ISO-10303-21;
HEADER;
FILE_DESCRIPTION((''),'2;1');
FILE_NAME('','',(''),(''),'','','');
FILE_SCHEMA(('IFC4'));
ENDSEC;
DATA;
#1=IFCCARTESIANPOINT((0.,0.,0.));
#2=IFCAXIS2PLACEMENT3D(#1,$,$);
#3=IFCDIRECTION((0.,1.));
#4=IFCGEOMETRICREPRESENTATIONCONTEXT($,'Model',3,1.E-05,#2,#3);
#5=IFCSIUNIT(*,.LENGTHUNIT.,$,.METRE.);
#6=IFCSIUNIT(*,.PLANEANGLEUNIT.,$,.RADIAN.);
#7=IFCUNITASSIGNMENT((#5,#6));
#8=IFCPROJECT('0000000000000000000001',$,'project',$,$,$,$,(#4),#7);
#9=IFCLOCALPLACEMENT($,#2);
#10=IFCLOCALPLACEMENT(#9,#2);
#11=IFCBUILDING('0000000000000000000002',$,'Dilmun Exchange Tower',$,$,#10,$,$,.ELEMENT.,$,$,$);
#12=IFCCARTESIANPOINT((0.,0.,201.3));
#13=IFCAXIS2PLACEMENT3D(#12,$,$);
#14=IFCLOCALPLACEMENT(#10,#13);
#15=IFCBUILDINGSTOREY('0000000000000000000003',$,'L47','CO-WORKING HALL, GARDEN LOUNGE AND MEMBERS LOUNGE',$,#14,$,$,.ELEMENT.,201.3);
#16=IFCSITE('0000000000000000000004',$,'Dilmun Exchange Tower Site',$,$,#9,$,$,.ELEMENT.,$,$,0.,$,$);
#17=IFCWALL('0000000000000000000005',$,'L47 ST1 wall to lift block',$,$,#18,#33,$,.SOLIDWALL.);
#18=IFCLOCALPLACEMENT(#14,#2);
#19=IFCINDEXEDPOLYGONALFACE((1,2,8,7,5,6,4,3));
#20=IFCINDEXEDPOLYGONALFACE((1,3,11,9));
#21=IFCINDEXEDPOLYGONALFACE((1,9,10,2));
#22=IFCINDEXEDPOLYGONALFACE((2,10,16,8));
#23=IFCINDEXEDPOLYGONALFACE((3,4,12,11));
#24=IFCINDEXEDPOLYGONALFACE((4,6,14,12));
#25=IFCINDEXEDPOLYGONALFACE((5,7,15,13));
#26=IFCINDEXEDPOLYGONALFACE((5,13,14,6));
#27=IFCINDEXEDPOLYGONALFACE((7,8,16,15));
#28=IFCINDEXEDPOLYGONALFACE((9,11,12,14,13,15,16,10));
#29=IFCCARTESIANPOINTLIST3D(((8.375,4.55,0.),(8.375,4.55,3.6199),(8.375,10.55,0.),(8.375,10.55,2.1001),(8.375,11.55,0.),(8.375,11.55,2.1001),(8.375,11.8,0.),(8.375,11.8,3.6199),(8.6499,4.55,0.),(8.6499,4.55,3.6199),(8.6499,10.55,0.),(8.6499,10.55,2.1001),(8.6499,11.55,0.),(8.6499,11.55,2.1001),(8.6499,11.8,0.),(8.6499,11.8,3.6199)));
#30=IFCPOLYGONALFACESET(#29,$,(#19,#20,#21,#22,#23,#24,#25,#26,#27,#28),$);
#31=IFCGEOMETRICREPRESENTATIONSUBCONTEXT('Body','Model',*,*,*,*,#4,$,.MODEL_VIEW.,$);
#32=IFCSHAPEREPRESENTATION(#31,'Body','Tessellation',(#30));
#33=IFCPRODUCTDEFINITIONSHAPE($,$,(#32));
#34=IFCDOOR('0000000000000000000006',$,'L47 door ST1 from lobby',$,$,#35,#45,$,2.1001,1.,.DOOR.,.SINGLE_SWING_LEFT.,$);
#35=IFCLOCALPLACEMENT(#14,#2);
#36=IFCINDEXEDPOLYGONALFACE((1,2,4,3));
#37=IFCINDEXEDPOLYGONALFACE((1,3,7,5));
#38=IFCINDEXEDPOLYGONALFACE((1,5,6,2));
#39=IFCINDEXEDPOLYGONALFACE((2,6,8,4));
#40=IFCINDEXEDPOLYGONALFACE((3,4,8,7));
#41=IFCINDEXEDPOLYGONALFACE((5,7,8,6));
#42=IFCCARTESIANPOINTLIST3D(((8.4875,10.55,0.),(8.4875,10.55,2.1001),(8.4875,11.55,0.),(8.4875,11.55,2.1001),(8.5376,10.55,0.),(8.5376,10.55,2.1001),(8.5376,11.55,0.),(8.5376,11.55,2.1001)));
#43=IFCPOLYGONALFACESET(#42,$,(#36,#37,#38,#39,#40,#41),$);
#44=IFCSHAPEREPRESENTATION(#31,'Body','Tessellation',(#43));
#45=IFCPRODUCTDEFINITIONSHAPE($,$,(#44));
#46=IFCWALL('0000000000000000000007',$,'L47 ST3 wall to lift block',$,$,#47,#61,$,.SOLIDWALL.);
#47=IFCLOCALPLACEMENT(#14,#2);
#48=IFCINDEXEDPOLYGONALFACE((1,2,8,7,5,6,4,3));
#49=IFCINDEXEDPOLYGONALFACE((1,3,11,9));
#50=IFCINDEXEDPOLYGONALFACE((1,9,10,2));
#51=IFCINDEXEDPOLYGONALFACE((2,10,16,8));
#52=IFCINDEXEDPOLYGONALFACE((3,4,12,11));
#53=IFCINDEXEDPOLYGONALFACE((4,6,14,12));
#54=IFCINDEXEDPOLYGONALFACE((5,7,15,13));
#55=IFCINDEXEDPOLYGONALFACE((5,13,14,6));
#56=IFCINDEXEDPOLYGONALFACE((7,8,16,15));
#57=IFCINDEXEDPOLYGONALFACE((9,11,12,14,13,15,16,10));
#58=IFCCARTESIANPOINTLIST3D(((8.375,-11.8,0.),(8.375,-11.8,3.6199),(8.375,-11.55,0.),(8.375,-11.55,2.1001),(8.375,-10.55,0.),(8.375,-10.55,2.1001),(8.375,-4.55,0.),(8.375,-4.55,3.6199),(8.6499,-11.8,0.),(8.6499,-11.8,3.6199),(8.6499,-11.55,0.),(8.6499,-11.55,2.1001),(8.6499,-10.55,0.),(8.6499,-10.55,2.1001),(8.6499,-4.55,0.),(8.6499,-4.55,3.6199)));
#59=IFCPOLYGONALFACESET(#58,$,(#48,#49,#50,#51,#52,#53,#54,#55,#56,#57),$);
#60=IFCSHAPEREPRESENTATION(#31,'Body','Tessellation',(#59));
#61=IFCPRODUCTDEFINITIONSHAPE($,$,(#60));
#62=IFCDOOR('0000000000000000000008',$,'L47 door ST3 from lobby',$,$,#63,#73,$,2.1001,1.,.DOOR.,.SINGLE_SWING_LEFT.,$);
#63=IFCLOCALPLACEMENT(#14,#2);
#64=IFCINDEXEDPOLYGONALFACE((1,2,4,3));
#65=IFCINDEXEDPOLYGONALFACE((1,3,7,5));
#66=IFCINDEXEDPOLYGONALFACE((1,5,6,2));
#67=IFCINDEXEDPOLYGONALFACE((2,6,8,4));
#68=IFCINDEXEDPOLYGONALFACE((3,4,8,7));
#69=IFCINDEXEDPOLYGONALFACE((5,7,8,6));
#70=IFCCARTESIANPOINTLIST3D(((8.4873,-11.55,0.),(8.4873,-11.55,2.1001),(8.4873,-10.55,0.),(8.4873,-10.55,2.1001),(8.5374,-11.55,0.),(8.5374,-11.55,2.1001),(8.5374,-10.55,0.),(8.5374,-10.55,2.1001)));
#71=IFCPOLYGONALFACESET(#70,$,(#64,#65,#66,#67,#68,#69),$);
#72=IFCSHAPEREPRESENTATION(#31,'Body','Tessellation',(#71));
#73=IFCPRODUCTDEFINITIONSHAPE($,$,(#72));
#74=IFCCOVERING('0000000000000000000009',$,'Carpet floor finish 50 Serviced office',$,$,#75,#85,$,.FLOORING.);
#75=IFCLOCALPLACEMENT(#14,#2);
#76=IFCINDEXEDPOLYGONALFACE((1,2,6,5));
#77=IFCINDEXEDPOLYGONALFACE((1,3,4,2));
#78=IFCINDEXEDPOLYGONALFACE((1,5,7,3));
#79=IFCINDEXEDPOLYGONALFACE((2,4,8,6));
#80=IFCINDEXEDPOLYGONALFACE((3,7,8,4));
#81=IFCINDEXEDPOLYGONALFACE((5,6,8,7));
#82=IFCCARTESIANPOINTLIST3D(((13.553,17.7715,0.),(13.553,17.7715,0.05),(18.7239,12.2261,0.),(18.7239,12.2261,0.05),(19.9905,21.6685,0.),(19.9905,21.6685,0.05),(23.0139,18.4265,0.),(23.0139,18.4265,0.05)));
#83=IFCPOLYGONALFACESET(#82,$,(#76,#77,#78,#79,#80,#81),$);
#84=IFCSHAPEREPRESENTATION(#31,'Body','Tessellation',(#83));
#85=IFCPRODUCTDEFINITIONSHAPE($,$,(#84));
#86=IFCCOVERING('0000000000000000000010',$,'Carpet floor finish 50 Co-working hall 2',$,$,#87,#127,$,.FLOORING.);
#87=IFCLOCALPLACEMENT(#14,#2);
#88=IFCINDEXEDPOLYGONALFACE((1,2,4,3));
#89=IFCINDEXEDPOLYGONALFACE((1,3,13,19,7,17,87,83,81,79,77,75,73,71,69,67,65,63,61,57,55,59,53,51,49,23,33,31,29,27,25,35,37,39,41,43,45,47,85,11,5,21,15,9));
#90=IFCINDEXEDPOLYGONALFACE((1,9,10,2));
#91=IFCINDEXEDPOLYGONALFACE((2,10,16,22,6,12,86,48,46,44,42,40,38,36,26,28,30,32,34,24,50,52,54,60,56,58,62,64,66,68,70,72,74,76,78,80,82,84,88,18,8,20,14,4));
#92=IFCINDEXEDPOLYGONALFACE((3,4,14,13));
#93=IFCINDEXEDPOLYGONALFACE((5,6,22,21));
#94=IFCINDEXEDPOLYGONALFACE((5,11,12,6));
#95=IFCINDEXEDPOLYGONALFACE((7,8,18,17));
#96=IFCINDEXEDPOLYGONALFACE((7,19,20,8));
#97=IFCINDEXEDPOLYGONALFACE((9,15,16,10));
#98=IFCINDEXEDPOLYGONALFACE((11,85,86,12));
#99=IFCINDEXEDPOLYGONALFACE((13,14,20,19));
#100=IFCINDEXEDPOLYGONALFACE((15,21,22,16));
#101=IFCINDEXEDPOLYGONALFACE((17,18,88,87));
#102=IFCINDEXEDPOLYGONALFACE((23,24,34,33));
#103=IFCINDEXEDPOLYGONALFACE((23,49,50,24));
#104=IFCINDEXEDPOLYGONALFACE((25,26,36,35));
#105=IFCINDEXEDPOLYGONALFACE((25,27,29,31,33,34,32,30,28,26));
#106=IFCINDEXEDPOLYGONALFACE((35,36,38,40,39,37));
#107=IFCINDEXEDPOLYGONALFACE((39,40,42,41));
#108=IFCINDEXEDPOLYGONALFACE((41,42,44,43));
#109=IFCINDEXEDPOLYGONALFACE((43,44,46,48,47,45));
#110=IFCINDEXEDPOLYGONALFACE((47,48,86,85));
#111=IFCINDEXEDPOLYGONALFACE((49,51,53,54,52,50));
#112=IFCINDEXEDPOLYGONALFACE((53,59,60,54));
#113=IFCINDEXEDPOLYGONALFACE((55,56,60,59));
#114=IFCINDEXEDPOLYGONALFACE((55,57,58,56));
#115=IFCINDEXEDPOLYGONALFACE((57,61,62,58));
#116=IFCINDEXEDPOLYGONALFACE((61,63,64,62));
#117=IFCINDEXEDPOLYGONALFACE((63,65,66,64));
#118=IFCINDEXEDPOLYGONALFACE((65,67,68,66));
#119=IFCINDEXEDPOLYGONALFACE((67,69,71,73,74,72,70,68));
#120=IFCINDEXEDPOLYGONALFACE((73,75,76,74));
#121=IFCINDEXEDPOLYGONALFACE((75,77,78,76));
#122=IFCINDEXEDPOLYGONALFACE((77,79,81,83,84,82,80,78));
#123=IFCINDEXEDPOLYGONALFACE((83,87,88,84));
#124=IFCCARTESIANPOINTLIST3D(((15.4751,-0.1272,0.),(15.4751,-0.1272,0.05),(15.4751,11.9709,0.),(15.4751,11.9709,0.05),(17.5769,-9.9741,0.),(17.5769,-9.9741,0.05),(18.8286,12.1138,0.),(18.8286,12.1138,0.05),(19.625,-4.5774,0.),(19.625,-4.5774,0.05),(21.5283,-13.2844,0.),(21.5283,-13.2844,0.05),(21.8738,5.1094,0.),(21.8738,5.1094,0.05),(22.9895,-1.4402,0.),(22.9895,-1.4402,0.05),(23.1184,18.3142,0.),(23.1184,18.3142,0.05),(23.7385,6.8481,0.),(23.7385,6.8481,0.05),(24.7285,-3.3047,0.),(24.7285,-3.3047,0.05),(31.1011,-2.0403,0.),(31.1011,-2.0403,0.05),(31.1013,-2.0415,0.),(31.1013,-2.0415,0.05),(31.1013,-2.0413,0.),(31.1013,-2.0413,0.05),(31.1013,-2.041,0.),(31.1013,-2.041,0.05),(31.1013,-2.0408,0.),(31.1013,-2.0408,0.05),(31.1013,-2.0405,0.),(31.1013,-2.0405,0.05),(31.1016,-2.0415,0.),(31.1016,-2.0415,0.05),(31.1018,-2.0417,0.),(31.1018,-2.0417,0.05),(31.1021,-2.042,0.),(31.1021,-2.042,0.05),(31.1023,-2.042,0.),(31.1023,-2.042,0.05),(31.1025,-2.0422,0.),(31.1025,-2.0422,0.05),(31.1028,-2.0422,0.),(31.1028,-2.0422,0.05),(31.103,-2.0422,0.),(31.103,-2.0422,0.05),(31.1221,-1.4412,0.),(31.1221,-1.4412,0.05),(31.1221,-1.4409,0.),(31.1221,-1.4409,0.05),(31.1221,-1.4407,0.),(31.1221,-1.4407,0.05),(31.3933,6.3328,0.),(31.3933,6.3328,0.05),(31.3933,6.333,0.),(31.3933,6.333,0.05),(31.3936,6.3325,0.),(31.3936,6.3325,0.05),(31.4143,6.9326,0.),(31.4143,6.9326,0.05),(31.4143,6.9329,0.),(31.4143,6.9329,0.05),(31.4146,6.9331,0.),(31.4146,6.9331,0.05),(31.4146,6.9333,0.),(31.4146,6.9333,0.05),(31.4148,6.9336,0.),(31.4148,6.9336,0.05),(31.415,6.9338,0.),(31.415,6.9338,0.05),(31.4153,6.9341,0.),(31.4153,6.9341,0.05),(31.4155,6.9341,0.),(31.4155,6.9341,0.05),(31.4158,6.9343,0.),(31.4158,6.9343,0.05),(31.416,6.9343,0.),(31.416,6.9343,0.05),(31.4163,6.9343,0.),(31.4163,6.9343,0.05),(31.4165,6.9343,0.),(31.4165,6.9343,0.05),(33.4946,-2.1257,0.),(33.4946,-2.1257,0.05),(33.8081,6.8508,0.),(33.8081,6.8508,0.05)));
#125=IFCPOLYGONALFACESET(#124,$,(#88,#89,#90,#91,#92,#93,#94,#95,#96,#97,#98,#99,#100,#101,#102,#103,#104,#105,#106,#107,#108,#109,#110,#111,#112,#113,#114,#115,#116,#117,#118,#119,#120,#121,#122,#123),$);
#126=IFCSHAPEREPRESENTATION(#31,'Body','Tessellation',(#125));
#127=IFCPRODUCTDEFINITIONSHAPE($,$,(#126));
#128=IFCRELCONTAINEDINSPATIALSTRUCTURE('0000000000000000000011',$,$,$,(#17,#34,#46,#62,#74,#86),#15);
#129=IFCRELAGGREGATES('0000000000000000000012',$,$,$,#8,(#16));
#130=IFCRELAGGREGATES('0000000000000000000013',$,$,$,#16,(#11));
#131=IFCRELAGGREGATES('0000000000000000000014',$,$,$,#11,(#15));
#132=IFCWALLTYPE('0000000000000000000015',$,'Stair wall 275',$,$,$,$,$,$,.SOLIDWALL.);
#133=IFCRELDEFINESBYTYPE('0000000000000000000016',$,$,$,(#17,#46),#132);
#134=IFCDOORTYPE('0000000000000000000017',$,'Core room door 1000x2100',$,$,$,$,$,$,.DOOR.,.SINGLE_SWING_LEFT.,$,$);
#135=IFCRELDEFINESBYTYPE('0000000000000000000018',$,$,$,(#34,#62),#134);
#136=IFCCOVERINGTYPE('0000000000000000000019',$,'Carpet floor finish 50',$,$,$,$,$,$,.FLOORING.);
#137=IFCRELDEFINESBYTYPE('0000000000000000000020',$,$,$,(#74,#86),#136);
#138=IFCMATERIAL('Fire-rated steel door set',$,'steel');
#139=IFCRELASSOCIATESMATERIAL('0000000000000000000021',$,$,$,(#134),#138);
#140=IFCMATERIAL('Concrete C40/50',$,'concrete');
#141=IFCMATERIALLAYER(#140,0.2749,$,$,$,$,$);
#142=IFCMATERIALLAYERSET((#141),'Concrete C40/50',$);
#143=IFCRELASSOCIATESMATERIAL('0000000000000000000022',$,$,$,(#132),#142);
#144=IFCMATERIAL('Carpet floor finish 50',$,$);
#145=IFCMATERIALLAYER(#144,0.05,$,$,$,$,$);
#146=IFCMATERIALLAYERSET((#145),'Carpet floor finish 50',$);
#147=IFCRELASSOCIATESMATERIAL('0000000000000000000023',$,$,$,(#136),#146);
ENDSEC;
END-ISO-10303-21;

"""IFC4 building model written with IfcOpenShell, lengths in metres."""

from ifc_helpers import new_model, si_unit, direction, frame, frame_2d, origin, place, context, subcontext, project, spatial, polyline, rectangle, outline, extrude, material, layer, layer_set, type_object, element, fill, save


model = new_model("IFC4")

# Units and contexts
model_context = context("Model", 3, precision=1e-05, world=origin(), true_north=direction((0.0, 1.0)))
body_context = subcontext(model_context, "Body", "Model", "MODEL_VIEW")
ifc_project = project(units=[si_unit("LENGTHUNIT", "METRE"), si_unit("PLANEANGLEUNIT", "RADIAN")], contexts=[model_context])

# Site, building, storey
site_placement = place(None, origin())
site = spatial("IfcSite", under=ifc_project, at=site_placement, Name="Dilmun Exchange Tower Site", CompositionType="ELEMENT", RefElevation=0.0)
building_placement = place(site_placement, origin())
building = spatial("IfcBuilding", under=site, at=building_placement, Name="Dilmun Exchange Tower", CompositionType="ELEMENT")
storey_placement = place(building_placement, frame((0.0, 0.0, 201.3)))
storey = spatial("IfcBuildingStorey", under=building, at=storey_placement, Name="L47", Description="CO-WORKING HALL, GARDEN LOUNGE AND MEMBERS LOUNGE", CompositionType="ELEMENT", Elevation=201.3)

# Shared definitions
ifc_material_1 = material(Name="Concrete C40/50", Category="concrete")
ifc_material_2 = material(Name="Fire-rated steel door set", Category="steel")

# Shared definitions
door_type_1 = type_object("IfcDoorType", Name="Core room door 1000x2100", OperationType="SINGLE_SWING_LEFT", PredefinedType="DOOR", material=ifc_material_2)

# Walls, openings, doors
ifc_layer_1 = layer(ifc_material_1, 0.2749)
ifc_layer_set_1 = layer_set([ifc_layer_1], Name="Concrete C40/50")
wall_type_1 = type_object("IfcWallType", Name="Stair wall 275", PredefinedType="SOLIDWALL", material=ifc_layer_set_1)
wall_1_placement = place(storey_placement, frame((8.5125, 4.55, 0.0), z_axis=(0.0, 0.0, 1.0), x_axis=(0.0, 1.0, 0.0)))
wall_1 = element("IfcWall", 1, at=wall_1_placement, inside=storey, type_object=wall_type_1, Name="L47 ST1 wall to lift block", PredefinedType="SOLIDWALL", context=body_context, shape_type="SweptSolid", body=[
    extrude(rectangle(XDim=7.25, YDim=0.2749, at=frame_2d((3.625, 0.0))), origin(), (0.0, 0.0, 1.0), 3.6199),
])
opening_1_placement = place(wall_1_placement, frame((6.0, 0.0, 0.0)))
opening_1 = element("IfcOpeningElement", 2, at=opening_1_placement, cuts=wall_1, PredefinedType="OPENING", context=body_context, shape_type="SweptSolid", body=[
    extrude(rectangle(XDim=1.0, YDim=2.1001, at=frame_2d((0.5, 1.05))), frame((0.0, 0.1475, 0.0), z_axis=(0.0, -1.0, 0.0), x_axis=(1.0, 0.0, 0.0)), (0.0, 0.0, 1.0), 0.2949),
])
door_1_placement = place(opening_1_placement, origin())
door_1 = element("IfcDoor", 3, at=door_1_placement, inside=storey, type_object=door_type_1, Name="L47 door ST1 from lobby", OperationType="SINGLE_SWING_LEFT", OverallHeight=2.1001, OverallWidth=1.0, PredefinedType="DOOR", context=body_context, shape_type="SweptSolid", body=[
    extrude(rectangle(XDim=1.0, YDim=2.1001, at=frame_2d((0.5, 1.05))), frame((0.0, 0.0249, 0.0), z_axis=(0.0, -1.0, 0.0), x_axis=(1.0, 0.0, 0.0)), (0.0, 0.0, 1.0), 0.05),
])
fill(opening_1, door_1)
wall_2_placement = place(storey_placement, frame((8.5125, -4.55, 0.0), z_axis=(0.0, 0.0, 1.0), x_axis=(0.0, -1.0, 0.0)))
wall_2 = element("IfcWall", 4, at=wall_2_placement, inside=storey, type_object=wall_type_1, Name="L47 ST3 wall to lift block", PredefinedType="SOLIDWALL", context=body_context, shape_type="SweptSolid", body=[
    extrude(rectangle(XDim=7.25, YDim=0.2749, at=frame_2d((3.625, 0.0))), origin(), (0.0, 0.0, 1.0), 3.6199),
])
opening_2_placement = place(wall_2_placement, frame((6.0, 0.0, 0.0)))
opening_2 = element("IfcOpeningElement", 5, at=opening_2_placement, cuts=wall_2, PredefinedType="OPENING", context=body_context, shape_type="SweptSolid", body=[
    extrude(rectangle(XDim=1.0, YDim=2.1001, at=frame_2d((0.5, 1.05))), frame((0.0, 0.1475, 0.0), z_axis=(0.0, -1.0, 0.0), x_axis=(1.0, 0.0, 0.0)), (0.0, 0.0, 1.0), 0.2949),
])
door_2_placement = place(opening_2_placement, origin())
door_2 = element("IfcDoor", 6, at=door_2_placement, inside=storey, type_object=door_type_1, Name="L47 door ST3 from lobby", OperationType="SINGLE_SWING_LEFT", OverallHeight=2.1001, OverallWidth=1.0, PredefinedType="DOOR", context=body_context, shape_type="SweptSolid", body=[
    extrude(rectangle(XDim=1.0, YDim=2.1001, at=frame_2d((0.5, 1.05))), frame((0.0, 0.0249, 0.0), z_axis=(0.0, -1.0, 0.0), x_axis=(1.0, 0.0, 0.0)), (0.0, 0.0, 1.0), 0.05),
])
fill(opening_2, door_2)

# Coverings
ifc_material_3 = material(Name="Carpet floor finish 50")
ifc_layer_2 = layer(ifc_material_3, 0.05)
ifc_layer_set_2 = layer_set([ifc_layer_2], Name="Carpet floor finish 50")
covering_type = type_object("IfcCoveringType", Name="Carpet floor finish 50", PredefinedType="FLOORING", material=ifc_layer_set_2)
covering_1_placement = place(storey_placement, origin())
element("IfcCovering", 7, at=covering_1_placement, inside=storey, type_object=covering_type, Name="Carpet floor finish 50 Serviced office", PredefinedType="FLOORING", context=body_context, shape_type="SweptSolid", body=[
    extrude(outline(polyline([(19.9905, 21.6685), (23.0139, 18.4265), (18.7239, 12.2261), (13.553, 17.7715), (19.9905, 21.6685)])), origin(), (0.0, 0.0, 1.0), 0.05),
])
covering_2_placement = place(storey_placement, origin())
element("IfcCovering", 8, at=covering_2_placement, inside=storey, type_object=covering_type, Name="Carpet floor finish 50 Co-working hall 2", PredefinedType="FLOORING", context=body_context, shape_type="SweptSolid", body=[
    extrude(outline(polyline([(21.8738, 5.1094), (23.7385, 6.8481), (18.8286, 12.1138), (23.1184, 18.3142), (33.8081, 6.8508), (31.4165, 6.9343), (31.4163, 6.9343), (31.416, 6.9343), (31.416, 6.9343), (31.4158, 6.9343), (31.4155, 6.9341), (31.4153, 6.9341), (31.4153, 6.9341), (31.415, 6.9338), (31.4148, 6.9336), (31.4148, 6.9336), (31.4146, 6.9333), (31.4146, 6.9331), (31.4146, 6.9331), (31.4143, 6.9329), (31.4143, 6.9326), (31.4143, 6.9326), (31.3933, 6.333), (31.3933, 6.3328), (31.3936, 6.3325), (31.3936, 6.3325), (31.1221, -1.4407), (31.1221, -1.4409), (31.1221, -1.4409), (31.1221, -1.4412), (31.1011, -2.0403), (31.1011, -2.0403), (31.1013, -2.0405), (31.1013, -2.0408), (31.1013, -2.041), (31.1013, -2.0413), (31.1013, -2.0415), (31.1016, -2.0415), (31.1018, -2.0417), (31.1018, -2.0417), (31.1021, -2.042), (31.1021, -2.042), (31.1023, -2.042), (31.1025, -2.0422), (31.1028, -2.0422), (31.1028, -2.0422), (31.103, -2.0422), (33.4946, -2.1257), (21.5283, -13.2844), (17.5769, -9.9741), (24.7285, -3.3047), (22.9895, -1.4402), (19.625, -4.5774), (15.4751, -0.1272), (15.4751, 11.9709), (21.8738, 5.1094)])), origin(), (0.0, 0.0, 1.0), 0.05),
])

save(model, "model.ifc")
